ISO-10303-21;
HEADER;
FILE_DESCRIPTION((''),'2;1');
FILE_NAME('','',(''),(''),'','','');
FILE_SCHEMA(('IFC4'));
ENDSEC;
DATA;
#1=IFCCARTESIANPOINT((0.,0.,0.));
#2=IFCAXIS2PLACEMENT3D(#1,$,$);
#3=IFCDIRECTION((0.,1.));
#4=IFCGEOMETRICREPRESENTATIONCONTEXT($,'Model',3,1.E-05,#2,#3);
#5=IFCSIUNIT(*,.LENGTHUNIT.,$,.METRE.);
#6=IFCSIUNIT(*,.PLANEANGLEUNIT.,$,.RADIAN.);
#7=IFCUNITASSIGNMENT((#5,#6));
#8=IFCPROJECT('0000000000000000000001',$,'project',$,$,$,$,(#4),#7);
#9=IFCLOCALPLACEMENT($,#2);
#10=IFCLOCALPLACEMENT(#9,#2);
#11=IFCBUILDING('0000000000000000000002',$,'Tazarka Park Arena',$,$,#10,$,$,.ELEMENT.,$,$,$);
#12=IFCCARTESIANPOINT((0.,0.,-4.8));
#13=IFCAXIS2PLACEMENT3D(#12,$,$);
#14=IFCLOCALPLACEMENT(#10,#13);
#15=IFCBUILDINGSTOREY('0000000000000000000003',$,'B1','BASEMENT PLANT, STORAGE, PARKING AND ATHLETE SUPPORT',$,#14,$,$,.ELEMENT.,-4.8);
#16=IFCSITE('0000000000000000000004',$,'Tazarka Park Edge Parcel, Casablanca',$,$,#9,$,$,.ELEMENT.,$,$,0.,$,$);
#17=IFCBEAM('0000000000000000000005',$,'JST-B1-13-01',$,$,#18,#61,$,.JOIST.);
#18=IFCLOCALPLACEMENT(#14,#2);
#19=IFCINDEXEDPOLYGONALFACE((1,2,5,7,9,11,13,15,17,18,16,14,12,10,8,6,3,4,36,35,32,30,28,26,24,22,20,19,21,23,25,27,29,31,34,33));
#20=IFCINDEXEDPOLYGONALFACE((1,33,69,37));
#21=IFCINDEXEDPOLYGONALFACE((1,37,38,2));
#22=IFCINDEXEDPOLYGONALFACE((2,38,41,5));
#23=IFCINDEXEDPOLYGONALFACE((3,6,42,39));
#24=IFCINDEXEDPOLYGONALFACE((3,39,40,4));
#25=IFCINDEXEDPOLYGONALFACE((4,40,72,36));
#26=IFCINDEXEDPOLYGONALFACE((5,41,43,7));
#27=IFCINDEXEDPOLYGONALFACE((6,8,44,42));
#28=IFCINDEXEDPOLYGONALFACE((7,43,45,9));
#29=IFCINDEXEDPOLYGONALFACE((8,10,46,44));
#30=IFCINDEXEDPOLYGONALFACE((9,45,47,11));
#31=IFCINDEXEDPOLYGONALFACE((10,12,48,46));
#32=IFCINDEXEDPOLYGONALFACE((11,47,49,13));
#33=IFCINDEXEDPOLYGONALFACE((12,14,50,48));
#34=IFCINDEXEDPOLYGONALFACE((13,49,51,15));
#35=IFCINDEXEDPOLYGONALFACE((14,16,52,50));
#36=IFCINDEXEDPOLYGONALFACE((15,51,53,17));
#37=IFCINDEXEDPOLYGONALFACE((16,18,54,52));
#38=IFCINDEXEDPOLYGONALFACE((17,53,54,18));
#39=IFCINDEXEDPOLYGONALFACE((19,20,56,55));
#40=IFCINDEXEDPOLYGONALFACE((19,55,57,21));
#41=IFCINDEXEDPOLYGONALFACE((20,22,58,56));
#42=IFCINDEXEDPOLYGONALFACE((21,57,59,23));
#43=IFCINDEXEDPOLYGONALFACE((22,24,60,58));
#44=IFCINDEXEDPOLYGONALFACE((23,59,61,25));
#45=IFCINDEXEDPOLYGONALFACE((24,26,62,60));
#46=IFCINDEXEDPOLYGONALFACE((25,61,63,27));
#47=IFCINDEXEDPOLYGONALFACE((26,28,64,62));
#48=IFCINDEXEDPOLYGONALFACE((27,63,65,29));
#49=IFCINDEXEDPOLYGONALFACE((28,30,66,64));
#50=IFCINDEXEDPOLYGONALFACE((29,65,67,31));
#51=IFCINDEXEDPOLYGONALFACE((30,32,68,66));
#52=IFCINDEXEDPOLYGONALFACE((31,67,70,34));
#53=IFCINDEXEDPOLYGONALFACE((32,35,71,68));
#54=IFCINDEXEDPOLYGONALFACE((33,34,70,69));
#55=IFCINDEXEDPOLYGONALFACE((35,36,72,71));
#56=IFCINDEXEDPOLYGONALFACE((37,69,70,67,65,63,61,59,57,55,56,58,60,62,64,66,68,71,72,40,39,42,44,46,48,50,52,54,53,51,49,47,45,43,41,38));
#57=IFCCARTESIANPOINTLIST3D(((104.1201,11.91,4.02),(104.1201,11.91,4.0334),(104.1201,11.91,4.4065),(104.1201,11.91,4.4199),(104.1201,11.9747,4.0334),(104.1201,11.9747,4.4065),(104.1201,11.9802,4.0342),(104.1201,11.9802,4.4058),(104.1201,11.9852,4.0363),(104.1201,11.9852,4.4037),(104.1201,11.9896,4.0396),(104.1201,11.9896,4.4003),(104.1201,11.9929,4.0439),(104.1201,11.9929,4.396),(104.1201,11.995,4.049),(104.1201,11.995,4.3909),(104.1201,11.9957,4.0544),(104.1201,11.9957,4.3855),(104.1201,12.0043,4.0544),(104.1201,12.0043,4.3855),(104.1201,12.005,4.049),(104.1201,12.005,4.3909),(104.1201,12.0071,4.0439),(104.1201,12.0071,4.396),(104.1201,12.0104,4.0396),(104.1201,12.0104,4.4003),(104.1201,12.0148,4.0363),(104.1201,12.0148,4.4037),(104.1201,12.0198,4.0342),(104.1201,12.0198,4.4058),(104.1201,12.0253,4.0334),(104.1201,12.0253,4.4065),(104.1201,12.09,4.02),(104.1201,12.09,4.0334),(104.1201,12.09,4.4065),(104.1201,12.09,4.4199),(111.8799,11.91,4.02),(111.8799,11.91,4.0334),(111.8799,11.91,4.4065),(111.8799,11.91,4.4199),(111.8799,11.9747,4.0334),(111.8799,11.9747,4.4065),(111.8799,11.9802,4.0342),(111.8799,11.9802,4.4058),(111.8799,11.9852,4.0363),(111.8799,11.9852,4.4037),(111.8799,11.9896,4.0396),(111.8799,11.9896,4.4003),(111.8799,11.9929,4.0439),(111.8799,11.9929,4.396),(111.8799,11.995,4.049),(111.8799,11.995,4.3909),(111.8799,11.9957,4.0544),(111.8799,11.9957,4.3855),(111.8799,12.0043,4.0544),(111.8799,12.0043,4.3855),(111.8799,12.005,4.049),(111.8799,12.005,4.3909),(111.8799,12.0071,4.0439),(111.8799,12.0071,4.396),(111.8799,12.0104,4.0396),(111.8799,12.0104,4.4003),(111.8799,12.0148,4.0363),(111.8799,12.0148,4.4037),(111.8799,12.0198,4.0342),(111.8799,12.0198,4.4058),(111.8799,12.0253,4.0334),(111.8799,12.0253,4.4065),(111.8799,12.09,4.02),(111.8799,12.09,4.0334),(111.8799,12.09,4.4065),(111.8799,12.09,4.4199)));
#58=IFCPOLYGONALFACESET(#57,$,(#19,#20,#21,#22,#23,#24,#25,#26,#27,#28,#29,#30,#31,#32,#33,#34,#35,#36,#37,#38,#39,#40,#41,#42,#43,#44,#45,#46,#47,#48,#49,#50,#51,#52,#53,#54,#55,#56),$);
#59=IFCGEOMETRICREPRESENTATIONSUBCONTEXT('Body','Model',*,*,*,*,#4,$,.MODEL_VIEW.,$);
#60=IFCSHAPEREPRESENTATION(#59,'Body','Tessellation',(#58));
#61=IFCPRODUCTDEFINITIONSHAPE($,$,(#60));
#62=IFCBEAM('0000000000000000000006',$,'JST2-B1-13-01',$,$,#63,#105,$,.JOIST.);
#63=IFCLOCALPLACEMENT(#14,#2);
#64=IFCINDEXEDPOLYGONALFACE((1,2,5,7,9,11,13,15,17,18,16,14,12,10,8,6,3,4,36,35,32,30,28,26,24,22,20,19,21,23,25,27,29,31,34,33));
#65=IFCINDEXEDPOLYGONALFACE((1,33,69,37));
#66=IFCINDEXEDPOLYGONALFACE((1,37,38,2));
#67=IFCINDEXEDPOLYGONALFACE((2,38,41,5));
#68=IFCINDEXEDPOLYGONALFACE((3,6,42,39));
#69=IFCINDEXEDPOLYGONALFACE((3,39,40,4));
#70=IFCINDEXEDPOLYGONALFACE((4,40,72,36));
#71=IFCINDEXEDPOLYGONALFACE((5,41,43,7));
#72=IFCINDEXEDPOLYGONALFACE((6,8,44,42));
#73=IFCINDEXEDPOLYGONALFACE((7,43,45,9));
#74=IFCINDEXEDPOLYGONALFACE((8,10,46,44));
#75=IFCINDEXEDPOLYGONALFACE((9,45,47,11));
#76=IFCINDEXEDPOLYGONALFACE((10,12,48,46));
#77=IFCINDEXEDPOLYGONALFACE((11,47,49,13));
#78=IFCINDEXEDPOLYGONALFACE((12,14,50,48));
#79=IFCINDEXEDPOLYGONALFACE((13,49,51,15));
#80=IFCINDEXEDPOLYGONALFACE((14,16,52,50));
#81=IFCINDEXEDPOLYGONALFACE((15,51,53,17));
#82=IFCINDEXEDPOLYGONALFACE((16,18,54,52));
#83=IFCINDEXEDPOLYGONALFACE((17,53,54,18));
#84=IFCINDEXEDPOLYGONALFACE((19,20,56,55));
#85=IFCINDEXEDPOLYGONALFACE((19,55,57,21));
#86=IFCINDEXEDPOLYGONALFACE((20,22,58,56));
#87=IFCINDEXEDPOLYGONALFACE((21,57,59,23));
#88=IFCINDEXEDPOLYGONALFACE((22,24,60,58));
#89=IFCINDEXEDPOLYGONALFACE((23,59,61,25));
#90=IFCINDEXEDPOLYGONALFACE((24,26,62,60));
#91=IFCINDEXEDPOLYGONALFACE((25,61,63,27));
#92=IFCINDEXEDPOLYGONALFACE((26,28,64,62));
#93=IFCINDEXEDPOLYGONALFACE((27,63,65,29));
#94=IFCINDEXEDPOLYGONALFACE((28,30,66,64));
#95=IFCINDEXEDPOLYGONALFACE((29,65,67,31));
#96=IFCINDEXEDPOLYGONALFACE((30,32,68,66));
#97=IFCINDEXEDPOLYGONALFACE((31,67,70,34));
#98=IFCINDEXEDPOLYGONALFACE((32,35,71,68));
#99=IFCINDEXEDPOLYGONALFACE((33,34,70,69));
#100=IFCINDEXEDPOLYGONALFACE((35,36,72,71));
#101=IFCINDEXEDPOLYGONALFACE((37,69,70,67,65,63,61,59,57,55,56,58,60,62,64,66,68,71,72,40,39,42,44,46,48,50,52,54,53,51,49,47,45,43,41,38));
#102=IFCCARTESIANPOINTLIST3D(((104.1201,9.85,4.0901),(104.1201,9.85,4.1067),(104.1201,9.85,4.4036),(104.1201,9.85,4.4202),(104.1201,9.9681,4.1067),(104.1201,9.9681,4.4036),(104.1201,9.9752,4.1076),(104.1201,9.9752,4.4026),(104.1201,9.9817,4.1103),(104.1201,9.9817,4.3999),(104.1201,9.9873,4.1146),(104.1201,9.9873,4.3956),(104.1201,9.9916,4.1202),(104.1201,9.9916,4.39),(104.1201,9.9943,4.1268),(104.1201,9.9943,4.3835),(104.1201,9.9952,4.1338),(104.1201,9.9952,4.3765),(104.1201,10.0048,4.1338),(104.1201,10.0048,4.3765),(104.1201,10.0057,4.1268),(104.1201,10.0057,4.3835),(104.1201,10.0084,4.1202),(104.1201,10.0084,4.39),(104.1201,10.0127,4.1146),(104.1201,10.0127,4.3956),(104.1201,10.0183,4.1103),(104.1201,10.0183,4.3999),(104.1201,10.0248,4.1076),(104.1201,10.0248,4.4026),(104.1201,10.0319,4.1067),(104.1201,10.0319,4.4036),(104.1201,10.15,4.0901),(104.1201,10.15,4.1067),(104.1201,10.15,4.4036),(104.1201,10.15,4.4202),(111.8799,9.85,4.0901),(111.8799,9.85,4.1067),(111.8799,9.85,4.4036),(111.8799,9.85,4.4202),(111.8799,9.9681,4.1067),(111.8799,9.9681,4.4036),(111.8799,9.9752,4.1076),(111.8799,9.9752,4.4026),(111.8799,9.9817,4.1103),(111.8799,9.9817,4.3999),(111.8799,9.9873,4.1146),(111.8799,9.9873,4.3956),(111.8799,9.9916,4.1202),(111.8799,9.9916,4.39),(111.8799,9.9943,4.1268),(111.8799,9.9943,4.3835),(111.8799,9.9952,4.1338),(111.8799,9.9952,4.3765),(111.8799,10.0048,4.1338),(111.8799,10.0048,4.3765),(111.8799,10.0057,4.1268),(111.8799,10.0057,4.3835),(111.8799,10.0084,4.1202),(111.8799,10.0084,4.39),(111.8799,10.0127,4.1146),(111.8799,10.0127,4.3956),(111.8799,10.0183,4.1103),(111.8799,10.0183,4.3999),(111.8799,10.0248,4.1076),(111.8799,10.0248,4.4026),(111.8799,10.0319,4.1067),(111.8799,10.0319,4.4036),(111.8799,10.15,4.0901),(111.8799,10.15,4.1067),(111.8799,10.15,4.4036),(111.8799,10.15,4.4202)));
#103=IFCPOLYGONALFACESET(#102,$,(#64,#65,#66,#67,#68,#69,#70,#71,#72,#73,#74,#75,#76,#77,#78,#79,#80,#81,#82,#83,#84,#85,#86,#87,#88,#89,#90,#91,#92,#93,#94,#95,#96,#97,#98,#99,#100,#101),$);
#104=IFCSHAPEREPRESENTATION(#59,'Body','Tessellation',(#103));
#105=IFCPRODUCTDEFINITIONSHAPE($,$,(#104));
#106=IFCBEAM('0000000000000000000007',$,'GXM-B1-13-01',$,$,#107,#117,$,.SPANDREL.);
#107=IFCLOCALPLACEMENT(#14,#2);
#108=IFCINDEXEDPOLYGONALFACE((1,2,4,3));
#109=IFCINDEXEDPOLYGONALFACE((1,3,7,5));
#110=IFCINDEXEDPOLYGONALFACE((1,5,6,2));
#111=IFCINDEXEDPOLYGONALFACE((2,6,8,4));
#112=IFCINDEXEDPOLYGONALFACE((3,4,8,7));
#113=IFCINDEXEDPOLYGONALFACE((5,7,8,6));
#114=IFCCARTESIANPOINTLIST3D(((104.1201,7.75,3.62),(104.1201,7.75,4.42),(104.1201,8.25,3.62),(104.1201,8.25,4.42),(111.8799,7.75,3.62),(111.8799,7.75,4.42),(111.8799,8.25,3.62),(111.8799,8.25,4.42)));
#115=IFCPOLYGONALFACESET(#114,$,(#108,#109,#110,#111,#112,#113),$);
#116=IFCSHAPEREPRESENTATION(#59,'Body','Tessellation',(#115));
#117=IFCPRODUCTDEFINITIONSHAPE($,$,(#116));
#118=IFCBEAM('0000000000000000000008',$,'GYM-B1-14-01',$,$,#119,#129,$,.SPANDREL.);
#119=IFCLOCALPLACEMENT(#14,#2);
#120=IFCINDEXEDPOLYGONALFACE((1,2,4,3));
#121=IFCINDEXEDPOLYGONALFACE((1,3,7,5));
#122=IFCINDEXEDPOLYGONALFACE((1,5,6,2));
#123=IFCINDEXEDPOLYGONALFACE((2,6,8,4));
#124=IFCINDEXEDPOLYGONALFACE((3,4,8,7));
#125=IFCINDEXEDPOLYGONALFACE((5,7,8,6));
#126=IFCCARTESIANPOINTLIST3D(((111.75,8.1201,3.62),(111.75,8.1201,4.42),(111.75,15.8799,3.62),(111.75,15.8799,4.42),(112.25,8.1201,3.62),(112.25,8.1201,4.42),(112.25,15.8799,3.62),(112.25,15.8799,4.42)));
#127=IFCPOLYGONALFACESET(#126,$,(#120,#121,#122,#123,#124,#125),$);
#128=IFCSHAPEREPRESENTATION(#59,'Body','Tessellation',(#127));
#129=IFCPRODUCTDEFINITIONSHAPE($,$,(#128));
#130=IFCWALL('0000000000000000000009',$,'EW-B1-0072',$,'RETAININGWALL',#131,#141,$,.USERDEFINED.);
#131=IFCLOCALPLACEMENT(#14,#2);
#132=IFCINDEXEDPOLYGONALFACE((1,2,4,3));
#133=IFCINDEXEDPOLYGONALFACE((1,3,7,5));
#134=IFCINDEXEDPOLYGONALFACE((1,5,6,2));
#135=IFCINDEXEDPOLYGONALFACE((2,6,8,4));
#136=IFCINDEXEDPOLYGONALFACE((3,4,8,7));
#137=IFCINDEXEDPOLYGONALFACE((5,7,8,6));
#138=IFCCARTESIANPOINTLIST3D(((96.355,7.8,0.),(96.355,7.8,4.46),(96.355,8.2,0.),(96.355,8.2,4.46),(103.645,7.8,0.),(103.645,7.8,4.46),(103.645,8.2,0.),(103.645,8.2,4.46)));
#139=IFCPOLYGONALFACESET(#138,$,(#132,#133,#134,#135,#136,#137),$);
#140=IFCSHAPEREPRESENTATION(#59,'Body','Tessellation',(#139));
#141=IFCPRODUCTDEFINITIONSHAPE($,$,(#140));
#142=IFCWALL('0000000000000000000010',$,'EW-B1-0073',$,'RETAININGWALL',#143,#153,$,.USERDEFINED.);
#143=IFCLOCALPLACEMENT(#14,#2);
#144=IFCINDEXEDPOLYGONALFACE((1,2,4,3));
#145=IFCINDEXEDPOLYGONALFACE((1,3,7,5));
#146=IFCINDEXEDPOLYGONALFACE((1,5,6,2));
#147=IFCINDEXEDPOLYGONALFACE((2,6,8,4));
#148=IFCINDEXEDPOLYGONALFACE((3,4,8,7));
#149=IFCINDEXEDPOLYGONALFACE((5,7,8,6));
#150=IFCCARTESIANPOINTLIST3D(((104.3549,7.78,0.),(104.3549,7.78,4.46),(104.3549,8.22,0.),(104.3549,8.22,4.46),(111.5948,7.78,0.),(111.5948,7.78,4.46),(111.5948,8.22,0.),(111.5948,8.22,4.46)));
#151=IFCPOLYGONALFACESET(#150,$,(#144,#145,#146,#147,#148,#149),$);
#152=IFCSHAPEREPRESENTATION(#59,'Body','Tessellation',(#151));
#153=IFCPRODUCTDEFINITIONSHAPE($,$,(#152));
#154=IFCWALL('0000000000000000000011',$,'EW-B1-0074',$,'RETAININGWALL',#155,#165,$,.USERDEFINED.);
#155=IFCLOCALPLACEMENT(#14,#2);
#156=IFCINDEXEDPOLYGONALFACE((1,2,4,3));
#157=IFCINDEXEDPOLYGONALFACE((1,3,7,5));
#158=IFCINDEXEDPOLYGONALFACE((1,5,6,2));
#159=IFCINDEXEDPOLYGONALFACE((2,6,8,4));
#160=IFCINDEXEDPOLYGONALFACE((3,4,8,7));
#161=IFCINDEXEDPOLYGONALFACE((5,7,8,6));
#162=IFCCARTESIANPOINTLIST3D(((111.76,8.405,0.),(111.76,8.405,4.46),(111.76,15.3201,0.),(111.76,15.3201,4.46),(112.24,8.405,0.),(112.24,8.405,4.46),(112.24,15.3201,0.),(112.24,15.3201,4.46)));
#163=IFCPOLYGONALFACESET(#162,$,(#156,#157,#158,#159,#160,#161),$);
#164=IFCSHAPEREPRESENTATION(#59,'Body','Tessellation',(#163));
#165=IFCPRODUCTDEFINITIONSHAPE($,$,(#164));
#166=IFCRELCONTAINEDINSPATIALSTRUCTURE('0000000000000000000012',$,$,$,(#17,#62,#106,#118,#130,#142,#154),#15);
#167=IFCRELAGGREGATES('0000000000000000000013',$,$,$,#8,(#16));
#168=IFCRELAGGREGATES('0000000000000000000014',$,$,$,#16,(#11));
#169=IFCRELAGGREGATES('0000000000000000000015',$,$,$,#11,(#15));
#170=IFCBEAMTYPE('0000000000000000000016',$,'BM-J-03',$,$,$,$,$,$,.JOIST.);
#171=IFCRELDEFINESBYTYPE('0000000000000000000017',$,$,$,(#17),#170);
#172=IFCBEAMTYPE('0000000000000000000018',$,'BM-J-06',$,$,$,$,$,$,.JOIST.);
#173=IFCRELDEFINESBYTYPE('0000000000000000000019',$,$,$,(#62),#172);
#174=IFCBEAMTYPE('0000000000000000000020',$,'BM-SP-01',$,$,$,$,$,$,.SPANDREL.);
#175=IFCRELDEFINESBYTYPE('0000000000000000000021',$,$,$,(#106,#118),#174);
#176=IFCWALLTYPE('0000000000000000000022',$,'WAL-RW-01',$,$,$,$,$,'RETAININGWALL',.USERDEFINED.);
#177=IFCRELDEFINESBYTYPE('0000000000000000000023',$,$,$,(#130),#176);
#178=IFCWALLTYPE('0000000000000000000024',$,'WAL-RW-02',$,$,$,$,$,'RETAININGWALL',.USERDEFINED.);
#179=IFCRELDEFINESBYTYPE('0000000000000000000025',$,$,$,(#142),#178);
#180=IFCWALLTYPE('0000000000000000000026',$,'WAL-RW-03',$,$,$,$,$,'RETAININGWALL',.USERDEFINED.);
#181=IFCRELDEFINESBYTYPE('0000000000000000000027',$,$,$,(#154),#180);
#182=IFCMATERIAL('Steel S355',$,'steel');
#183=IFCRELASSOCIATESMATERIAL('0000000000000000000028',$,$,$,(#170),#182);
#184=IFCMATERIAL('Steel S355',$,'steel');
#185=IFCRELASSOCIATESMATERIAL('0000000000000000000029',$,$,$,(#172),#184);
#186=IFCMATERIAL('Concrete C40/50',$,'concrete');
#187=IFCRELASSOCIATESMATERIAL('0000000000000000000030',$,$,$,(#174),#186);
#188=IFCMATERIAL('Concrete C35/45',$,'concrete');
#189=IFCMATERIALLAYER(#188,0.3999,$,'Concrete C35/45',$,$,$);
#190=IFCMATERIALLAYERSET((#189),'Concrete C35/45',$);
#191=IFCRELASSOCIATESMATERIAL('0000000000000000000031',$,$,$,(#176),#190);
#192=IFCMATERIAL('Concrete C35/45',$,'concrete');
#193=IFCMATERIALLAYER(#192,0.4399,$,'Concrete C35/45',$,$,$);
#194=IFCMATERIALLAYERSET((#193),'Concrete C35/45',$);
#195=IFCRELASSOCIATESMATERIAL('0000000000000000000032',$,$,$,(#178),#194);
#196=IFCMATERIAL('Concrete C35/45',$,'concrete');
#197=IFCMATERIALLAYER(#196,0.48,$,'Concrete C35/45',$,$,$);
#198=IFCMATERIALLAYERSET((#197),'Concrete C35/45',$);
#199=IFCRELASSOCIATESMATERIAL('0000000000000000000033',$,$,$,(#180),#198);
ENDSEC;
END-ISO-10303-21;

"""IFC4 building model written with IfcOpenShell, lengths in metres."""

from ifc_helpers import new_model, si_unit, direction, frame, frame_2d, origin, origin_2d, place, context, subcontext, project, spatial, rectangle, i_section, extrude, material, layer, layer_set, material_profile, profile_set, type_object, element, save


model = new_model("IFC4")

# Units and contexts
model_context = context("Model", 3, precision=1e-05, world=origin(), true_north=direction((0.0, 1.0)))
body_context = subcontext(model_context, "Body", "Model", "MODEL_VIEW")
ifc_project = project(units=[si_unit("LENGTHUNIT", "METRE"), si_unit("PLANEANGLEUNIT", "RADIAN")], contexts=[model_context])

# Site, building, storey
site_placement = place(None, origin())
site = spatial("IfcSite", under=ifc_project, at=site_placement, Name="Tazarka Park Edge Parcel, Casablanca", CompositionType="ELEMENT", RefElevation=0.0)
building_placement = place(site_placement, origin())
building = spatial("IfcBuilding", under=site, at=building_placement, Name="Tazarka Park Arena", CompositionType="ELEMENT")
storey_placement = place(building_placement, frame((0.0, 0.0, -4.8)))
storey = spatial("IfcBuildingStorey", under=building, at=storey_placement, Name="B1", Description="BASEMENT PLANT, STORAGE, PARKING AND ATHLETE SUPPORT", CompositionType="ELEMENT", Elevation=-4.8)

# Beams
ifc_material_1 = material(Name="Steel S355", Category="steel")
ifc_material_profile_1 = material_profile(ifc_material_1, i_section(OverallWidth=0.1799, OverallDepth=0.3999, WebThickness=0.0085, FlangeThickness=0.0134, FilletRadius=0.021, at=origin_2d()), Name="Steel S355")
ifc_profile_set_1 = profile_set([ifc_material_profile_1], Name="Steel S355")
beam_type_1 = type_object("IfcBeamType", Name="BM-J-03", PredefinedType="JOIST", material=ifc_profile_set_1)
beam_1_placement = place(storey_placement, frame((104.1201, 12.0, 4.22), z_axis=(1.0, 0.0, 0.0), x_axis=(0.0, 1.0, 0.0)))
element("IfcBeam", 1, at=beam_1_placement, inside=storey, type_object=beam_type_1, Name="JST-B1-13-01", PredefinedType="JOIST", context=body_context, shape_type="SweptSolid", body=[
    extrude(i_section(OverallWidth=0.1799, OverallDepth=0.3999, WebThickness=0.0085, FlangeThickness=0.0134, FilletRadius=0.021, at=origin_2d()), origin(), (0.0, 0.0, 1.0), 7.7598),
])
ifc_material_2 = material(Name="Steel S355", Category="steel")
ifc_material_profile_2 = material_profile(ifc_material_2, i_section(OverallWidth=0.3, OverallDepth=0.3301, WebThickness=0.0095, FlangeThickness=0.0166, FilletRadius=0.0271, at=origin_2d()), Name="Steel S355")
ifc_profile_set_2 = profile_set([ifc_material_profile_2], Name="Steel S355")
beam_type_2 = type_object("IfcBeamType", Name="BM-J-06", PredefinedType="JOIST", material=ifc_profile_set_2)
beam_2_placement = place(storey_placement, frame((104.1201, 10.0, 4.2551), z_axis=(1.0, 0.0, 0.0), x_axis=(0.0, 1.0, 0.0)))
element("IfcBeam", 2, at=beam_2_placement, inside=storey, type_object=beam_type_2, Name="JST2-B1-13-01", PredefinedType="JOIST", context=body_context, shape_type="SweptSolid", body=[
    extrude(i_section(OverallWidth=0.3, OverallDepth=0.3301, WebThickness=0.0095, FlangeThickness=0.0166, FilletRadius=0.0271, at=origin_2d()), origin(), (0.0, 0.0, 1.0), 7.7598),
])
ifc_material_3 = material(Name="Concrete C40/50", Category="concrete")
ifc_material_profile_3 = material_profile(ifc_material_3, rectangle(XDim=0.5, YDim=0.8, at=origin_2d()), Name="Concrete C40/50")
ifc_profile_set_3 = profile_set([ifc_material_profile_3], Name="Concrete C40/50")
beam_type_3 = type_object("IfcBeamType", Name="BM-SP-01", PredefinedType="SPANDREL", material=ifc_profile_set_3)
for number, where, z_axis, x_axis, name in (
    (3, (104.1201, 8.0, 4.02), (1.0, 0.0, 0.0), (0.0, 1.0, 0.0), "GXM-B1-13-01"),
    (4, (112.0, 8.1201, 4.02), (0.0, 1.0, 0.0), (-1.0, 0.0, 0.0), "GYM-B1-14-01"),
):
    element("IfcBeam", number, at=place(storey_placement, frame(where, z_axis=z_axis, x_axis=x_axis)), inside=storey, type_object=beam_type_3, Name=name, PredefinedType="SPANDREL", context=body_context, shape_type="SweptSolid", body=[
        extrude(rectangle(XDim=0.5, YDim=0.8, at=origin_2d()), origin(), (0.0, 0.0, 1.0), 7.7598),
    ])

# Walls
ifc_material_4 = material(Name="Concrete C35/45", Category="concrete")
ifc_layer_1 = layer(ifc_material_4, 0.3999, Name="Concrete C35/45")
ifc_layer_set_1 = layer_set([ifc_layer_1], Name="Concrete C35/45")
wall_type_1 = type_object("IfcWallType", Name="WAL-RW-01", ElementType="RETAININGWALL", PredefinedType="USERDEFINED", material=ifc_layer_set_1)
wall_1_placement = place(storey_placement, frame((103.645, 8.0, 0.0), z_axis=(0.0, 0.0, 1.0), x_axis=(-1.0, 0.0, 0.0)))
element("IfcWall", 5, at=wall_1_placement, inside=storey, type_object=wall_type_1, Name="EW-B1-0072", ObjectType="RETAININGWALL", PredefinedType="USERDEFINED", context=body_context, shape_type="SweptSolid", body=[
    extrude(rectangle(XDim=7.29, YDim=0.3999, at=frame_2d((3.645, 0.0))), origin(), (0.0, 0.0, 1.0), 4.46),
])
ifc_material_5 = material(Name="Concrete C35/45", Category="concrete")
ifc_layer_2 = layer(ifc_material_5, 0.4399, Name="Concrete C35/45")
ifc_layer_set_2 = layer_set([ifc_layer_2], Name="Concrete C35/45")
wall_type_2 = type_object("IfcWallType", Name="WAL-RW-02", ElementType="RETAININGWALL", PredefinedType="USERDEFINED", material=ifc_layer_set_2)
wall_2_placement = place(storey_placement, frame((111.595, 8.0, 0.0), z_axis=(0.0, 0.0, 1.0), x_axis=(-1.0, 0.0, 0.0)))
element("IfcWall", 6, at=wall_2_placement, inside=storey, type_object=wall_type_2, Name="EW-B1-0073", ObjectType="RETAININGWALL", PredefinedType="USERDEFINED", context=body_context, shape_type="SweptSolid", body=[
    extrude(rectangle(XDim=7.24, YDim=0.4399, at=frame_2d((3.6201, 0.0))), origin(), (0.0, 0.0, 1.0), 4.46),
])
ifc_material_6 = material(Name="Concrete C35/45", Category="concrete")
ifc_layer_3 = layer(ifc_material_6, 0.48, Name="Concrete C35/45")
ifc_layer_set_3 = layer_set([ifc_layer_3], Name="Concrete C35/45")
wall_type_3 = type_object("IfcWallType", Name="WAL-RW-03", ElementType="RETAININGWALL", PredefinedType="USERDEFINED", material=ifc_layer_set_3)
wall_3_placement = place(storey_placement, frame((112.0, 15.3201, 0.0), z_axis=(0.0, 0.0, 1.0), x_axis=(0.0, -1.0, 0.0)))
element("IfcWall", 7, at=wall_3_placement, inside=storey, type_object=wall_type_3, Name="EW-B1-0074", ObjectType="RETAININGWALL", PredefinedType="USERDEFINED", context=body_context, shape_type="SweptSolid", body=[
    extrude(rectangle(XDim=6.915, YDim=0.48, at=frame_2d((3.4575, 0.0))), origin(), (0.0, 0.0, 1.0), 4.46),
])

save(model, "model.ifc")
